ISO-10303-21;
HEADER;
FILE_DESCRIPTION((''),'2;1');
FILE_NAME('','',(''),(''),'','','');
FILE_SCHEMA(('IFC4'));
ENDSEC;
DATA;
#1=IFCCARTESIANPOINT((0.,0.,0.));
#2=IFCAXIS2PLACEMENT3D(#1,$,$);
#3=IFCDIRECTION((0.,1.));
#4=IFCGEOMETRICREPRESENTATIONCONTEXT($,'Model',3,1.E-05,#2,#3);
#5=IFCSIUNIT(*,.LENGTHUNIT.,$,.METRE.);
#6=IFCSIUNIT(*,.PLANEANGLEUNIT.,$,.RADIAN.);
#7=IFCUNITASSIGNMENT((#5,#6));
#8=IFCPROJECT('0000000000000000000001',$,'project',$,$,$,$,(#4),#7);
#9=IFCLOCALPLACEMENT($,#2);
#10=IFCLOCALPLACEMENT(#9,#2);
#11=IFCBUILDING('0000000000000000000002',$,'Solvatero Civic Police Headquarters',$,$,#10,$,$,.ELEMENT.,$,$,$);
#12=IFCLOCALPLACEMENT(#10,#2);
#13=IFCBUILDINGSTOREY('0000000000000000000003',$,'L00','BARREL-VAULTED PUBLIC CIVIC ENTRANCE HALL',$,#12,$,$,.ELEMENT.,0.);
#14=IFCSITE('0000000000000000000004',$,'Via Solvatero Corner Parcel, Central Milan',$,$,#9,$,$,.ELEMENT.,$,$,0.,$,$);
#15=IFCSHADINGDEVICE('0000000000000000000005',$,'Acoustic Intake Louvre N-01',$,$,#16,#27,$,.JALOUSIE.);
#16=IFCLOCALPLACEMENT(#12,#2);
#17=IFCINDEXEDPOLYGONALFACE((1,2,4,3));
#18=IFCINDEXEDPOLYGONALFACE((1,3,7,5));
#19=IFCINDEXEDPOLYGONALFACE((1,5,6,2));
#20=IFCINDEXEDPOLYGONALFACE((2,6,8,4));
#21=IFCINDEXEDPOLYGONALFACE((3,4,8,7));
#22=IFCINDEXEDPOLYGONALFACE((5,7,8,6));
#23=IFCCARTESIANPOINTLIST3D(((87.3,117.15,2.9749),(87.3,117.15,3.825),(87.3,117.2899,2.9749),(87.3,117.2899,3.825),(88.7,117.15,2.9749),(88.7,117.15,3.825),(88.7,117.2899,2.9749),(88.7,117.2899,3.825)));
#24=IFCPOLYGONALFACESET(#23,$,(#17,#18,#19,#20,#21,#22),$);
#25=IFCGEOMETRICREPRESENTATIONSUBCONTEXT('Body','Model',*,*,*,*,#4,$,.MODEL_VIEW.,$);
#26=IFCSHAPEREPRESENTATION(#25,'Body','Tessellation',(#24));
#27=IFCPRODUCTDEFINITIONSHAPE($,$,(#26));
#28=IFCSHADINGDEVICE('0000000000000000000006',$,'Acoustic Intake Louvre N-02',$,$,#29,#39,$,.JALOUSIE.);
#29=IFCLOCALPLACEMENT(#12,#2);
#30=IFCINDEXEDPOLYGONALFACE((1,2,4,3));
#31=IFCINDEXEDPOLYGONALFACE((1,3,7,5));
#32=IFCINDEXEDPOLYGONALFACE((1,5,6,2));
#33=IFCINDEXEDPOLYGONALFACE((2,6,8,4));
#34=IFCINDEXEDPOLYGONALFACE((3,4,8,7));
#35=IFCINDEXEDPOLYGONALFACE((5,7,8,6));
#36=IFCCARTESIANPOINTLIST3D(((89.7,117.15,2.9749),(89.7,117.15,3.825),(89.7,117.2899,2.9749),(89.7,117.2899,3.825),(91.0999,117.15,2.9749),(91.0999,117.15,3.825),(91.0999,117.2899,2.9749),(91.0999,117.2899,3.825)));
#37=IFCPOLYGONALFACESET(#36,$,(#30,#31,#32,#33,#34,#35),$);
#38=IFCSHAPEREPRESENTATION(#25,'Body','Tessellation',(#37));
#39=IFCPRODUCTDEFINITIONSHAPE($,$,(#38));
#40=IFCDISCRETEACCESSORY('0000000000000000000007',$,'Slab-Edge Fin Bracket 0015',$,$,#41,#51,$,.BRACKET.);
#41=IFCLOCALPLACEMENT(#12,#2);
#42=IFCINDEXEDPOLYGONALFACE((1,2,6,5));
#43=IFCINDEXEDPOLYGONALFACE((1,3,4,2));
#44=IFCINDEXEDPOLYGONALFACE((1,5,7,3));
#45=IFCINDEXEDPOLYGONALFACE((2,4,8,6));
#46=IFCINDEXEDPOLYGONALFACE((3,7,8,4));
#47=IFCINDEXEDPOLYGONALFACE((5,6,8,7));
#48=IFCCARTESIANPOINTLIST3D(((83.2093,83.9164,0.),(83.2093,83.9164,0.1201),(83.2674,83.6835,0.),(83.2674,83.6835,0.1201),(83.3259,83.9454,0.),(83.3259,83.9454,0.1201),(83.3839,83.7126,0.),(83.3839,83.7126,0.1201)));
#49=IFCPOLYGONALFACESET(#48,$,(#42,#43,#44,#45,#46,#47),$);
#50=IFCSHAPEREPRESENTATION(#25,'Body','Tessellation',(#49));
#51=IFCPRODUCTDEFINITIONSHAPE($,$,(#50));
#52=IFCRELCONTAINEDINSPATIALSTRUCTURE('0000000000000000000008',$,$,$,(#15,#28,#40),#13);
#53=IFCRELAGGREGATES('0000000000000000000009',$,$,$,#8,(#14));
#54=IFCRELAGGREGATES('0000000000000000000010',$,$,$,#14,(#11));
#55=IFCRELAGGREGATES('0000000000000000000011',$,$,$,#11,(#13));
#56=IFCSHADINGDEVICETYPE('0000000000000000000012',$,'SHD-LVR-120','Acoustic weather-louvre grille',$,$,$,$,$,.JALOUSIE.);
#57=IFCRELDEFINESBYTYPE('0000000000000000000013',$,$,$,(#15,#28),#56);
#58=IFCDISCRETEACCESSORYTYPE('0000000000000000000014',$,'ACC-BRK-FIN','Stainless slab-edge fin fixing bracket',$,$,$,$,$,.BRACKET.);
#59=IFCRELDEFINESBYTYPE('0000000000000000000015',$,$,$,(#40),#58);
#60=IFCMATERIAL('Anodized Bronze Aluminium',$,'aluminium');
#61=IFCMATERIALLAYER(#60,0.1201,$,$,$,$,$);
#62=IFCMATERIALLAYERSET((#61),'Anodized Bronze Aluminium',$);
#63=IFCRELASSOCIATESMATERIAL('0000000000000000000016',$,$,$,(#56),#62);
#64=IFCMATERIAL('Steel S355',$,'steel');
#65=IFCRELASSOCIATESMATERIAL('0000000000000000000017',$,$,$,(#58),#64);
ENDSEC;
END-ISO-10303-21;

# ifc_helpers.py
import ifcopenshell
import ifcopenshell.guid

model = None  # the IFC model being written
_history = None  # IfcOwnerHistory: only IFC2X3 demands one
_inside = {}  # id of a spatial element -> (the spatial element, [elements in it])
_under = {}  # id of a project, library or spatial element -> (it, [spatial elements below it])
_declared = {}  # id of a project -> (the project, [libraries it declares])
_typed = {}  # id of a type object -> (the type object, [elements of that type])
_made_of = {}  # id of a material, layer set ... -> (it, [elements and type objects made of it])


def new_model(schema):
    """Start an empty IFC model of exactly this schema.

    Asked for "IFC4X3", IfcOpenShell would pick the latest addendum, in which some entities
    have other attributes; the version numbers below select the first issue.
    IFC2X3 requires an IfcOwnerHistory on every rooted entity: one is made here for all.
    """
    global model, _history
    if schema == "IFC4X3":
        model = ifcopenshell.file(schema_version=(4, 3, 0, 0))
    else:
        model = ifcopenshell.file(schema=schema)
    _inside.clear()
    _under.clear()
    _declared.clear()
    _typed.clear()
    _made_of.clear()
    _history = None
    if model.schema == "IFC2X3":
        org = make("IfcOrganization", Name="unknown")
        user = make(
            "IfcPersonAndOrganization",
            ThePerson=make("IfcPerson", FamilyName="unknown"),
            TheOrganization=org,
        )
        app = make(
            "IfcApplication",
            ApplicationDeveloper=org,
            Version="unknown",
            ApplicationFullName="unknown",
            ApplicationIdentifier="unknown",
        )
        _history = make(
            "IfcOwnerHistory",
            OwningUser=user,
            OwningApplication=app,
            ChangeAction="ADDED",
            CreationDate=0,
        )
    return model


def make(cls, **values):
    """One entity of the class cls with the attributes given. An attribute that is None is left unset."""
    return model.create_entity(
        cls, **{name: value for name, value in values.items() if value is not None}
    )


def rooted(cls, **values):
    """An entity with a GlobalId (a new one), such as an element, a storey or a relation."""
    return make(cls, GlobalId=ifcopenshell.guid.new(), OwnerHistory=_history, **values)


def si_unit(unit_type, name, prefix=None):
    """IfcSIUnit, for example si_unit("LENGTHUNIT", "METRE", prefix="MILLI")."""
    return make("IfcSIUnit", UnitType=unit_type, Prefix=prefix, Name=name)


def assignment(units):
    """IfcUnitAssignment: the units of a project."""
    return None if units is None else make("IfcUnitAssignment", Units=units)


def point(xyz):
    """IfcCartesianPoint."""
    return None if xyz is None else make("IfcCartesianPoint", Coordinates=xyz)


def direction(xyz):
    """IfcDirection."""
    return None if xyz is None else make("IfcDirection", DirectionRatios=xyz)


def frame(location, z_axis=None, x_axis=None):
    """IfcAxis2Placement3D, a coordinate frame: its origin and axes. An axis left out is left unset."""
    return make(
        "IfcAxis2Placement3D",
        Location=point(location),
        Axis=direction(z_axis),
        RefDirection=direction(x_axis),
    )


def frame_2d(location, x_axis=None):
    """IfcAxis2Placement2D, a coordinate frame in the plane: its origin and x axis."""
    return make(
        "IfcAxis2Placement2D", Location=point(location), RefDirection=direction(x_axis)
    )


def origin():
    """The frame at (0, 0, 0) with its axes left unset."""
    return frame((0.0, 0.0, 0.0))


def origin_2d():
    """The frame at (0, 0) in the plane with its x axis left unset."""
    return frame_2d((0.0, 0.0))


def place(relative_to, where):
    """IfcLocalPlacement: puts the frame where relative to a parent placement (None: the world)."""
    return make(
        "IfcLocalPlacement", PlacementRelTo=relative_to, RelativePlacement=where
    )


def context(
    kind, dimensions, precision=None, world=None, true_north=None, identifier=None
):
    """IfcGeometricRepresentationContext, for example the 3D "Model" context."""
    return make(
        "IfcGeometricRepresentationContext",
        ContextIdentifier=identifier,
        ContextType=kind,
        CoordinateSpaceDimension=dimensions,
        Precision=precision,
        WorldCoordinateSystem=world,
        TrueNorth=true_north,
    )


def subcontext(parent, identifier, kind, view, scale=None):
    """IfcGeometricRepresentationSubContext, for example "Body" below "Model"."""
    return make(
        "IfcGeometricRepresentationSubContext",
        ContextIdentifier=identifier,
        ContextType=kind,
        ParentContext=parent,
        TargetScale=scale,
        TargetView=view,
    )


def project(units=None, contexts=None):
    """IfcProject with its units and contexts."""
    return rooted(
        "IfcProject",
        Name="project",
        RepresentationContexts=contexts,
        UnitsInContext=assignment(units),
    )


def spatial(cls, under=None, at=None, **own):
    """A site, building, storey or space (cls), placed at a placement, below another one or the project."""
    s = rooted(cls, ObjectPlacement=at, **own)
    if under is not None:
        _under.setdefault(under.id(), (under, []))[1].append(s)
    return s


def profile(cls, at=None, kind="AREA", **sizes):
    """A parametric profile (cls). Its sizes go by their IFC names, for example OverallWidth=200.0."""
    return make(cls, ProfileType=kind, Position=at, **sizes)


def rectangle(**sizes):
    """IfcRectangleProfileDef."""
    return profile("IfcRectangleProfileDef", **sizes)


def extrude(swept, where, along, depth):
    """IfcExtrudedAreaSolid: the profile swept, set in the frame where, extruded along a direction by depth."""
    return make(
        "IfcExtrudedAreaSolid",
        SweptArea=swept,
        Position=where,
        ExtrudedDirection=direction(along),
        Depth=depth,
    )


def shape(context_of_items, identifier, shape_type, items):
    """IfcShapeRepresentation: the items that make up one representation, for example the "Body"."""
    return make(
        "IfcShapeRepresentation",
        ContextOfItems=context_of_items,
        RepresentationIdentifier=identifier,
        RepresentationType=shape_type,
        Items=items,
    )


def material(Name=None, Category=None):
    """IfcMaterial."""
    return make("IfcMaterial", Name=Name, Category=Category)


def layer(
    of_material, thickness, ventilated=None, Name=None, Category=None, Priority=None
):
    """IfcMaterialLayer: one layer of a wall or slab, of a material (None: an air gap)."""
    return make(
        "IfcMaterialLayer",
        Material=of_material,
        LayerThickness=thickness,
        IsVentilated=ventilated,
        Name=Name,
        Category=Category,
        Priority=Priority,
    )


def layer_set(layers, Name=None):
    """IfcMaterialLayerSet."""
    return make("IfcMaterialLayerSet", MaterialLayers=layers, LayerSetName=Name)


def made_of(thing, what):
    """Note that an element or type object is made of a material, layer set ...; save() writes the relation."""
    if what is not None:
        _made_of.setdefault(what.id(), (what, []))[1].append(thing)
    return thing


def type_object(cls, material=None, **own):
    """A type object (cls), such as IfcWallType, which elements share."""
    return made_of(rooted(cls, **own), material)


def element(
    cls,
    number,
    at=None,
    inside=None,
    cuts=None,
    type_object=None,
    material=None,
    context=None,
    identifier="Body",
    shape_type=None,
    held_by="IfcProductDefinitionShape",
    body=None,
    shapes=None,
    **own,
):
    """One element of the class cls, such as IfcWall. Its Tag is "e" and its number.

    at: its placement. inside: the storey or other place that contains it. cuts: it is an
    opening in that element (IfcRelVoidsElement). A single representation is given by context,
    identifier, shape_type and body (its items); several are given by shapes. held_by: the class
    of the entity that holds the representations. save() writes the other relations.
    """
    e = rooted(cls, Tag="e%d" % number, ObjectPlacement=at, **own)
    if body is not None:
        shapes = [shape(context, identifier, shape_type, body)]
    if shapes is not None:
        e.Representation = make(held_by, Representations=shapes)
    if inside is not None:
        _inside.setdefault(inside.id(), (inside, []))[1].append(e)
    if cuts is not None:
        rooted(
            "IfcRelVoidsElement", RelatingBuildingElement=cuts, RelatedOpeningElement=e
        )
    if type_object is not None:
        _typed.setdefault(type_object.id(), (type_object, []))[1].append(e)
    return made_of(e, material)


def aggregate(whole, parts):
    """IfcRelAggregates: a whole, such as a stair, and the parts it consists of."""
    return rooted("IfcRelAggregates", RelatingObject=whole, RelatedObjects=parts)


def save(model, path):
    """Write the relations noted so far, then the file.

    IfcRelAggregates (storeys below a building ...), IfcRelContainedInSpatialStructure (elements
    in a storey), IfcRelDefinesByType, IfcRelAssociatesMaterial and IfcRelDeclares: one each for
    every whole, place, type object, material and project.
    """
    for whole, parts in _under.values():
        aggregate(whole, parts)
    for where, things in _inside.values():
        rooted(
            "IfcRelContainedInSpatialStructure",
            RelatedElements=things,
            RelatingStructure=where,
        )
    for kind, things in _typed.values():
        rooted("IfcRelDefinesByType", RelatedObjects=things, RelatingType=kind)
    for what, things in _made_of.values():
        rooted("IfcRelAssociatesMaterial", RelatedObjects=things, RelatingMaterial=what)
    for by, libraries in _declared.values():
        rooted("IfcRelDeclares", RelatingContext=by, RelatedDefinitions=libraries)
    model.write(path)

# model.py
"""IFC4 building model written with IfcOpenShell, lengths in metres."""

from ifc_helpers import new_model, si_unit, direction, frame, origin, origin_2d, place, context, subcontext, project, spatial, rectangle, extrude, material, layer, layer_set, type_object, element, save


model = new_model("IFC4")

# Units and contexts
model_context = context("Model", 3, precision=1e-05, world=origin(), true_north=direction((0.0, 1.0)))
body_context = subcontext(model_context, "Body", "Model", "MODEL_VIEW")
ifc_project = project(units=[si_unit("LENGTHUNIT", "METRE"), si_unit("PLANEANGLEUNIT", "RADIAN")], contexts=[model_context])

# Site, building, storey
site_placement = place(None, origin())
site = spatial("IfcSite", under=ifc_project, at=site_placement, Name="Via Solvatero Corner Parcel, Central Milan", CompositionType="ELEMENT", RefElevation=0.0)
building_placement = place(site_placement, origin())
building = spatial("IfcBuilding", under=site, at=building_placement, Name="Solvatero Civic Police Headquarters", CompositionType="ELEMENT")
storey_placement = place(building_placement, origin())
storey = spatial("IfcBuildingStorey", under=building, at=storey_placement, Name="L00", Description="BARREL-VAULTED PUBLIC CIVIC ENTRANCE HALL", CompositionType="ELEMENT", Elevation=0.0)

# Shared definitions
ifc_material_1 = material(Name="Steel S355", Category="steel")

# Shared definitions
ifc_material_2 = material(Name="Anodized Bronze Aluminium", Category="aluminium")

# Shading devices
ifc_layer_1 = layer(ifc_material_2, 0.1201)
ifc_layer_set_1 = layer_set([ifc_layer_1], Name="Anodized Bronze Aluminium")
shading_device_type = type_object("IfcShadingDeviceType", Name="SHD-LVR-120", Description="Acoustic weather-louvre grille", PredefinedType="JALOUSIE", material=ifc_layer_set_1)
for number, where, z_axis, x_axis, name in (
    (1, (88.0, 117.22, 2.9749), (0.0, 0.0, 1.0), (1.0, 0.0, 0.0), "Acoustic Intake Louvre N-01"),
    (2, (90.3999, 117.22, 2.9749), (0.0, 0.0, 1.0), (1.0, 0.0, 0.0), "Acoustic Intake Louvre N-02"),
):
    element("IfcShadingDevice", number, at=place(storey_placement, frame(where, z_axis=z_axis, x_axis=x_axis)), inside=storey, type_object=shading_device_type, Name=name, PredefinedType="JALOUSIE", context=body_context, shape_type="SweptSolid", body=[
        extrude(rectangle(XDim=1.3999, YDim=0.1399, at=origin_2d()), origin(), (0.0, 0.0, 1.0), 0.8501),
    ])

# Discrete accessory
discrete_accessory_type = type_object("IfcDiscreteAccessoryType", Name="ACC-BRK-FIN", Description="Stainless slab-edge fin fixing bracket", PredefinedType="BRACKET", material=ifc_material_1)
discrete_accessory_placement = place(storey_placement, frame((83.2966, 83.8145, 0.0), z_axis=(0.0, 0.0, 1.0), x_axis=(-0.970296, -0.241922, 0.0)))
element("IfcDiscreteAccessory", 3, at=discrete_accessory_placement, inside=storey, type_object=discrete_accessory_type, Name="Slab-Edge Fin Bracket 0015", PredefinedType="BRACKET", context=body_context, shape_type="SweptSolid", body=[
    extrude(rectangle(XDim=0.1201, YDim=0.24, at=origin_2d()), origin(), (0.0, 0.0, 1.0), 0.1201),
])

save(model, "model.ifc")
